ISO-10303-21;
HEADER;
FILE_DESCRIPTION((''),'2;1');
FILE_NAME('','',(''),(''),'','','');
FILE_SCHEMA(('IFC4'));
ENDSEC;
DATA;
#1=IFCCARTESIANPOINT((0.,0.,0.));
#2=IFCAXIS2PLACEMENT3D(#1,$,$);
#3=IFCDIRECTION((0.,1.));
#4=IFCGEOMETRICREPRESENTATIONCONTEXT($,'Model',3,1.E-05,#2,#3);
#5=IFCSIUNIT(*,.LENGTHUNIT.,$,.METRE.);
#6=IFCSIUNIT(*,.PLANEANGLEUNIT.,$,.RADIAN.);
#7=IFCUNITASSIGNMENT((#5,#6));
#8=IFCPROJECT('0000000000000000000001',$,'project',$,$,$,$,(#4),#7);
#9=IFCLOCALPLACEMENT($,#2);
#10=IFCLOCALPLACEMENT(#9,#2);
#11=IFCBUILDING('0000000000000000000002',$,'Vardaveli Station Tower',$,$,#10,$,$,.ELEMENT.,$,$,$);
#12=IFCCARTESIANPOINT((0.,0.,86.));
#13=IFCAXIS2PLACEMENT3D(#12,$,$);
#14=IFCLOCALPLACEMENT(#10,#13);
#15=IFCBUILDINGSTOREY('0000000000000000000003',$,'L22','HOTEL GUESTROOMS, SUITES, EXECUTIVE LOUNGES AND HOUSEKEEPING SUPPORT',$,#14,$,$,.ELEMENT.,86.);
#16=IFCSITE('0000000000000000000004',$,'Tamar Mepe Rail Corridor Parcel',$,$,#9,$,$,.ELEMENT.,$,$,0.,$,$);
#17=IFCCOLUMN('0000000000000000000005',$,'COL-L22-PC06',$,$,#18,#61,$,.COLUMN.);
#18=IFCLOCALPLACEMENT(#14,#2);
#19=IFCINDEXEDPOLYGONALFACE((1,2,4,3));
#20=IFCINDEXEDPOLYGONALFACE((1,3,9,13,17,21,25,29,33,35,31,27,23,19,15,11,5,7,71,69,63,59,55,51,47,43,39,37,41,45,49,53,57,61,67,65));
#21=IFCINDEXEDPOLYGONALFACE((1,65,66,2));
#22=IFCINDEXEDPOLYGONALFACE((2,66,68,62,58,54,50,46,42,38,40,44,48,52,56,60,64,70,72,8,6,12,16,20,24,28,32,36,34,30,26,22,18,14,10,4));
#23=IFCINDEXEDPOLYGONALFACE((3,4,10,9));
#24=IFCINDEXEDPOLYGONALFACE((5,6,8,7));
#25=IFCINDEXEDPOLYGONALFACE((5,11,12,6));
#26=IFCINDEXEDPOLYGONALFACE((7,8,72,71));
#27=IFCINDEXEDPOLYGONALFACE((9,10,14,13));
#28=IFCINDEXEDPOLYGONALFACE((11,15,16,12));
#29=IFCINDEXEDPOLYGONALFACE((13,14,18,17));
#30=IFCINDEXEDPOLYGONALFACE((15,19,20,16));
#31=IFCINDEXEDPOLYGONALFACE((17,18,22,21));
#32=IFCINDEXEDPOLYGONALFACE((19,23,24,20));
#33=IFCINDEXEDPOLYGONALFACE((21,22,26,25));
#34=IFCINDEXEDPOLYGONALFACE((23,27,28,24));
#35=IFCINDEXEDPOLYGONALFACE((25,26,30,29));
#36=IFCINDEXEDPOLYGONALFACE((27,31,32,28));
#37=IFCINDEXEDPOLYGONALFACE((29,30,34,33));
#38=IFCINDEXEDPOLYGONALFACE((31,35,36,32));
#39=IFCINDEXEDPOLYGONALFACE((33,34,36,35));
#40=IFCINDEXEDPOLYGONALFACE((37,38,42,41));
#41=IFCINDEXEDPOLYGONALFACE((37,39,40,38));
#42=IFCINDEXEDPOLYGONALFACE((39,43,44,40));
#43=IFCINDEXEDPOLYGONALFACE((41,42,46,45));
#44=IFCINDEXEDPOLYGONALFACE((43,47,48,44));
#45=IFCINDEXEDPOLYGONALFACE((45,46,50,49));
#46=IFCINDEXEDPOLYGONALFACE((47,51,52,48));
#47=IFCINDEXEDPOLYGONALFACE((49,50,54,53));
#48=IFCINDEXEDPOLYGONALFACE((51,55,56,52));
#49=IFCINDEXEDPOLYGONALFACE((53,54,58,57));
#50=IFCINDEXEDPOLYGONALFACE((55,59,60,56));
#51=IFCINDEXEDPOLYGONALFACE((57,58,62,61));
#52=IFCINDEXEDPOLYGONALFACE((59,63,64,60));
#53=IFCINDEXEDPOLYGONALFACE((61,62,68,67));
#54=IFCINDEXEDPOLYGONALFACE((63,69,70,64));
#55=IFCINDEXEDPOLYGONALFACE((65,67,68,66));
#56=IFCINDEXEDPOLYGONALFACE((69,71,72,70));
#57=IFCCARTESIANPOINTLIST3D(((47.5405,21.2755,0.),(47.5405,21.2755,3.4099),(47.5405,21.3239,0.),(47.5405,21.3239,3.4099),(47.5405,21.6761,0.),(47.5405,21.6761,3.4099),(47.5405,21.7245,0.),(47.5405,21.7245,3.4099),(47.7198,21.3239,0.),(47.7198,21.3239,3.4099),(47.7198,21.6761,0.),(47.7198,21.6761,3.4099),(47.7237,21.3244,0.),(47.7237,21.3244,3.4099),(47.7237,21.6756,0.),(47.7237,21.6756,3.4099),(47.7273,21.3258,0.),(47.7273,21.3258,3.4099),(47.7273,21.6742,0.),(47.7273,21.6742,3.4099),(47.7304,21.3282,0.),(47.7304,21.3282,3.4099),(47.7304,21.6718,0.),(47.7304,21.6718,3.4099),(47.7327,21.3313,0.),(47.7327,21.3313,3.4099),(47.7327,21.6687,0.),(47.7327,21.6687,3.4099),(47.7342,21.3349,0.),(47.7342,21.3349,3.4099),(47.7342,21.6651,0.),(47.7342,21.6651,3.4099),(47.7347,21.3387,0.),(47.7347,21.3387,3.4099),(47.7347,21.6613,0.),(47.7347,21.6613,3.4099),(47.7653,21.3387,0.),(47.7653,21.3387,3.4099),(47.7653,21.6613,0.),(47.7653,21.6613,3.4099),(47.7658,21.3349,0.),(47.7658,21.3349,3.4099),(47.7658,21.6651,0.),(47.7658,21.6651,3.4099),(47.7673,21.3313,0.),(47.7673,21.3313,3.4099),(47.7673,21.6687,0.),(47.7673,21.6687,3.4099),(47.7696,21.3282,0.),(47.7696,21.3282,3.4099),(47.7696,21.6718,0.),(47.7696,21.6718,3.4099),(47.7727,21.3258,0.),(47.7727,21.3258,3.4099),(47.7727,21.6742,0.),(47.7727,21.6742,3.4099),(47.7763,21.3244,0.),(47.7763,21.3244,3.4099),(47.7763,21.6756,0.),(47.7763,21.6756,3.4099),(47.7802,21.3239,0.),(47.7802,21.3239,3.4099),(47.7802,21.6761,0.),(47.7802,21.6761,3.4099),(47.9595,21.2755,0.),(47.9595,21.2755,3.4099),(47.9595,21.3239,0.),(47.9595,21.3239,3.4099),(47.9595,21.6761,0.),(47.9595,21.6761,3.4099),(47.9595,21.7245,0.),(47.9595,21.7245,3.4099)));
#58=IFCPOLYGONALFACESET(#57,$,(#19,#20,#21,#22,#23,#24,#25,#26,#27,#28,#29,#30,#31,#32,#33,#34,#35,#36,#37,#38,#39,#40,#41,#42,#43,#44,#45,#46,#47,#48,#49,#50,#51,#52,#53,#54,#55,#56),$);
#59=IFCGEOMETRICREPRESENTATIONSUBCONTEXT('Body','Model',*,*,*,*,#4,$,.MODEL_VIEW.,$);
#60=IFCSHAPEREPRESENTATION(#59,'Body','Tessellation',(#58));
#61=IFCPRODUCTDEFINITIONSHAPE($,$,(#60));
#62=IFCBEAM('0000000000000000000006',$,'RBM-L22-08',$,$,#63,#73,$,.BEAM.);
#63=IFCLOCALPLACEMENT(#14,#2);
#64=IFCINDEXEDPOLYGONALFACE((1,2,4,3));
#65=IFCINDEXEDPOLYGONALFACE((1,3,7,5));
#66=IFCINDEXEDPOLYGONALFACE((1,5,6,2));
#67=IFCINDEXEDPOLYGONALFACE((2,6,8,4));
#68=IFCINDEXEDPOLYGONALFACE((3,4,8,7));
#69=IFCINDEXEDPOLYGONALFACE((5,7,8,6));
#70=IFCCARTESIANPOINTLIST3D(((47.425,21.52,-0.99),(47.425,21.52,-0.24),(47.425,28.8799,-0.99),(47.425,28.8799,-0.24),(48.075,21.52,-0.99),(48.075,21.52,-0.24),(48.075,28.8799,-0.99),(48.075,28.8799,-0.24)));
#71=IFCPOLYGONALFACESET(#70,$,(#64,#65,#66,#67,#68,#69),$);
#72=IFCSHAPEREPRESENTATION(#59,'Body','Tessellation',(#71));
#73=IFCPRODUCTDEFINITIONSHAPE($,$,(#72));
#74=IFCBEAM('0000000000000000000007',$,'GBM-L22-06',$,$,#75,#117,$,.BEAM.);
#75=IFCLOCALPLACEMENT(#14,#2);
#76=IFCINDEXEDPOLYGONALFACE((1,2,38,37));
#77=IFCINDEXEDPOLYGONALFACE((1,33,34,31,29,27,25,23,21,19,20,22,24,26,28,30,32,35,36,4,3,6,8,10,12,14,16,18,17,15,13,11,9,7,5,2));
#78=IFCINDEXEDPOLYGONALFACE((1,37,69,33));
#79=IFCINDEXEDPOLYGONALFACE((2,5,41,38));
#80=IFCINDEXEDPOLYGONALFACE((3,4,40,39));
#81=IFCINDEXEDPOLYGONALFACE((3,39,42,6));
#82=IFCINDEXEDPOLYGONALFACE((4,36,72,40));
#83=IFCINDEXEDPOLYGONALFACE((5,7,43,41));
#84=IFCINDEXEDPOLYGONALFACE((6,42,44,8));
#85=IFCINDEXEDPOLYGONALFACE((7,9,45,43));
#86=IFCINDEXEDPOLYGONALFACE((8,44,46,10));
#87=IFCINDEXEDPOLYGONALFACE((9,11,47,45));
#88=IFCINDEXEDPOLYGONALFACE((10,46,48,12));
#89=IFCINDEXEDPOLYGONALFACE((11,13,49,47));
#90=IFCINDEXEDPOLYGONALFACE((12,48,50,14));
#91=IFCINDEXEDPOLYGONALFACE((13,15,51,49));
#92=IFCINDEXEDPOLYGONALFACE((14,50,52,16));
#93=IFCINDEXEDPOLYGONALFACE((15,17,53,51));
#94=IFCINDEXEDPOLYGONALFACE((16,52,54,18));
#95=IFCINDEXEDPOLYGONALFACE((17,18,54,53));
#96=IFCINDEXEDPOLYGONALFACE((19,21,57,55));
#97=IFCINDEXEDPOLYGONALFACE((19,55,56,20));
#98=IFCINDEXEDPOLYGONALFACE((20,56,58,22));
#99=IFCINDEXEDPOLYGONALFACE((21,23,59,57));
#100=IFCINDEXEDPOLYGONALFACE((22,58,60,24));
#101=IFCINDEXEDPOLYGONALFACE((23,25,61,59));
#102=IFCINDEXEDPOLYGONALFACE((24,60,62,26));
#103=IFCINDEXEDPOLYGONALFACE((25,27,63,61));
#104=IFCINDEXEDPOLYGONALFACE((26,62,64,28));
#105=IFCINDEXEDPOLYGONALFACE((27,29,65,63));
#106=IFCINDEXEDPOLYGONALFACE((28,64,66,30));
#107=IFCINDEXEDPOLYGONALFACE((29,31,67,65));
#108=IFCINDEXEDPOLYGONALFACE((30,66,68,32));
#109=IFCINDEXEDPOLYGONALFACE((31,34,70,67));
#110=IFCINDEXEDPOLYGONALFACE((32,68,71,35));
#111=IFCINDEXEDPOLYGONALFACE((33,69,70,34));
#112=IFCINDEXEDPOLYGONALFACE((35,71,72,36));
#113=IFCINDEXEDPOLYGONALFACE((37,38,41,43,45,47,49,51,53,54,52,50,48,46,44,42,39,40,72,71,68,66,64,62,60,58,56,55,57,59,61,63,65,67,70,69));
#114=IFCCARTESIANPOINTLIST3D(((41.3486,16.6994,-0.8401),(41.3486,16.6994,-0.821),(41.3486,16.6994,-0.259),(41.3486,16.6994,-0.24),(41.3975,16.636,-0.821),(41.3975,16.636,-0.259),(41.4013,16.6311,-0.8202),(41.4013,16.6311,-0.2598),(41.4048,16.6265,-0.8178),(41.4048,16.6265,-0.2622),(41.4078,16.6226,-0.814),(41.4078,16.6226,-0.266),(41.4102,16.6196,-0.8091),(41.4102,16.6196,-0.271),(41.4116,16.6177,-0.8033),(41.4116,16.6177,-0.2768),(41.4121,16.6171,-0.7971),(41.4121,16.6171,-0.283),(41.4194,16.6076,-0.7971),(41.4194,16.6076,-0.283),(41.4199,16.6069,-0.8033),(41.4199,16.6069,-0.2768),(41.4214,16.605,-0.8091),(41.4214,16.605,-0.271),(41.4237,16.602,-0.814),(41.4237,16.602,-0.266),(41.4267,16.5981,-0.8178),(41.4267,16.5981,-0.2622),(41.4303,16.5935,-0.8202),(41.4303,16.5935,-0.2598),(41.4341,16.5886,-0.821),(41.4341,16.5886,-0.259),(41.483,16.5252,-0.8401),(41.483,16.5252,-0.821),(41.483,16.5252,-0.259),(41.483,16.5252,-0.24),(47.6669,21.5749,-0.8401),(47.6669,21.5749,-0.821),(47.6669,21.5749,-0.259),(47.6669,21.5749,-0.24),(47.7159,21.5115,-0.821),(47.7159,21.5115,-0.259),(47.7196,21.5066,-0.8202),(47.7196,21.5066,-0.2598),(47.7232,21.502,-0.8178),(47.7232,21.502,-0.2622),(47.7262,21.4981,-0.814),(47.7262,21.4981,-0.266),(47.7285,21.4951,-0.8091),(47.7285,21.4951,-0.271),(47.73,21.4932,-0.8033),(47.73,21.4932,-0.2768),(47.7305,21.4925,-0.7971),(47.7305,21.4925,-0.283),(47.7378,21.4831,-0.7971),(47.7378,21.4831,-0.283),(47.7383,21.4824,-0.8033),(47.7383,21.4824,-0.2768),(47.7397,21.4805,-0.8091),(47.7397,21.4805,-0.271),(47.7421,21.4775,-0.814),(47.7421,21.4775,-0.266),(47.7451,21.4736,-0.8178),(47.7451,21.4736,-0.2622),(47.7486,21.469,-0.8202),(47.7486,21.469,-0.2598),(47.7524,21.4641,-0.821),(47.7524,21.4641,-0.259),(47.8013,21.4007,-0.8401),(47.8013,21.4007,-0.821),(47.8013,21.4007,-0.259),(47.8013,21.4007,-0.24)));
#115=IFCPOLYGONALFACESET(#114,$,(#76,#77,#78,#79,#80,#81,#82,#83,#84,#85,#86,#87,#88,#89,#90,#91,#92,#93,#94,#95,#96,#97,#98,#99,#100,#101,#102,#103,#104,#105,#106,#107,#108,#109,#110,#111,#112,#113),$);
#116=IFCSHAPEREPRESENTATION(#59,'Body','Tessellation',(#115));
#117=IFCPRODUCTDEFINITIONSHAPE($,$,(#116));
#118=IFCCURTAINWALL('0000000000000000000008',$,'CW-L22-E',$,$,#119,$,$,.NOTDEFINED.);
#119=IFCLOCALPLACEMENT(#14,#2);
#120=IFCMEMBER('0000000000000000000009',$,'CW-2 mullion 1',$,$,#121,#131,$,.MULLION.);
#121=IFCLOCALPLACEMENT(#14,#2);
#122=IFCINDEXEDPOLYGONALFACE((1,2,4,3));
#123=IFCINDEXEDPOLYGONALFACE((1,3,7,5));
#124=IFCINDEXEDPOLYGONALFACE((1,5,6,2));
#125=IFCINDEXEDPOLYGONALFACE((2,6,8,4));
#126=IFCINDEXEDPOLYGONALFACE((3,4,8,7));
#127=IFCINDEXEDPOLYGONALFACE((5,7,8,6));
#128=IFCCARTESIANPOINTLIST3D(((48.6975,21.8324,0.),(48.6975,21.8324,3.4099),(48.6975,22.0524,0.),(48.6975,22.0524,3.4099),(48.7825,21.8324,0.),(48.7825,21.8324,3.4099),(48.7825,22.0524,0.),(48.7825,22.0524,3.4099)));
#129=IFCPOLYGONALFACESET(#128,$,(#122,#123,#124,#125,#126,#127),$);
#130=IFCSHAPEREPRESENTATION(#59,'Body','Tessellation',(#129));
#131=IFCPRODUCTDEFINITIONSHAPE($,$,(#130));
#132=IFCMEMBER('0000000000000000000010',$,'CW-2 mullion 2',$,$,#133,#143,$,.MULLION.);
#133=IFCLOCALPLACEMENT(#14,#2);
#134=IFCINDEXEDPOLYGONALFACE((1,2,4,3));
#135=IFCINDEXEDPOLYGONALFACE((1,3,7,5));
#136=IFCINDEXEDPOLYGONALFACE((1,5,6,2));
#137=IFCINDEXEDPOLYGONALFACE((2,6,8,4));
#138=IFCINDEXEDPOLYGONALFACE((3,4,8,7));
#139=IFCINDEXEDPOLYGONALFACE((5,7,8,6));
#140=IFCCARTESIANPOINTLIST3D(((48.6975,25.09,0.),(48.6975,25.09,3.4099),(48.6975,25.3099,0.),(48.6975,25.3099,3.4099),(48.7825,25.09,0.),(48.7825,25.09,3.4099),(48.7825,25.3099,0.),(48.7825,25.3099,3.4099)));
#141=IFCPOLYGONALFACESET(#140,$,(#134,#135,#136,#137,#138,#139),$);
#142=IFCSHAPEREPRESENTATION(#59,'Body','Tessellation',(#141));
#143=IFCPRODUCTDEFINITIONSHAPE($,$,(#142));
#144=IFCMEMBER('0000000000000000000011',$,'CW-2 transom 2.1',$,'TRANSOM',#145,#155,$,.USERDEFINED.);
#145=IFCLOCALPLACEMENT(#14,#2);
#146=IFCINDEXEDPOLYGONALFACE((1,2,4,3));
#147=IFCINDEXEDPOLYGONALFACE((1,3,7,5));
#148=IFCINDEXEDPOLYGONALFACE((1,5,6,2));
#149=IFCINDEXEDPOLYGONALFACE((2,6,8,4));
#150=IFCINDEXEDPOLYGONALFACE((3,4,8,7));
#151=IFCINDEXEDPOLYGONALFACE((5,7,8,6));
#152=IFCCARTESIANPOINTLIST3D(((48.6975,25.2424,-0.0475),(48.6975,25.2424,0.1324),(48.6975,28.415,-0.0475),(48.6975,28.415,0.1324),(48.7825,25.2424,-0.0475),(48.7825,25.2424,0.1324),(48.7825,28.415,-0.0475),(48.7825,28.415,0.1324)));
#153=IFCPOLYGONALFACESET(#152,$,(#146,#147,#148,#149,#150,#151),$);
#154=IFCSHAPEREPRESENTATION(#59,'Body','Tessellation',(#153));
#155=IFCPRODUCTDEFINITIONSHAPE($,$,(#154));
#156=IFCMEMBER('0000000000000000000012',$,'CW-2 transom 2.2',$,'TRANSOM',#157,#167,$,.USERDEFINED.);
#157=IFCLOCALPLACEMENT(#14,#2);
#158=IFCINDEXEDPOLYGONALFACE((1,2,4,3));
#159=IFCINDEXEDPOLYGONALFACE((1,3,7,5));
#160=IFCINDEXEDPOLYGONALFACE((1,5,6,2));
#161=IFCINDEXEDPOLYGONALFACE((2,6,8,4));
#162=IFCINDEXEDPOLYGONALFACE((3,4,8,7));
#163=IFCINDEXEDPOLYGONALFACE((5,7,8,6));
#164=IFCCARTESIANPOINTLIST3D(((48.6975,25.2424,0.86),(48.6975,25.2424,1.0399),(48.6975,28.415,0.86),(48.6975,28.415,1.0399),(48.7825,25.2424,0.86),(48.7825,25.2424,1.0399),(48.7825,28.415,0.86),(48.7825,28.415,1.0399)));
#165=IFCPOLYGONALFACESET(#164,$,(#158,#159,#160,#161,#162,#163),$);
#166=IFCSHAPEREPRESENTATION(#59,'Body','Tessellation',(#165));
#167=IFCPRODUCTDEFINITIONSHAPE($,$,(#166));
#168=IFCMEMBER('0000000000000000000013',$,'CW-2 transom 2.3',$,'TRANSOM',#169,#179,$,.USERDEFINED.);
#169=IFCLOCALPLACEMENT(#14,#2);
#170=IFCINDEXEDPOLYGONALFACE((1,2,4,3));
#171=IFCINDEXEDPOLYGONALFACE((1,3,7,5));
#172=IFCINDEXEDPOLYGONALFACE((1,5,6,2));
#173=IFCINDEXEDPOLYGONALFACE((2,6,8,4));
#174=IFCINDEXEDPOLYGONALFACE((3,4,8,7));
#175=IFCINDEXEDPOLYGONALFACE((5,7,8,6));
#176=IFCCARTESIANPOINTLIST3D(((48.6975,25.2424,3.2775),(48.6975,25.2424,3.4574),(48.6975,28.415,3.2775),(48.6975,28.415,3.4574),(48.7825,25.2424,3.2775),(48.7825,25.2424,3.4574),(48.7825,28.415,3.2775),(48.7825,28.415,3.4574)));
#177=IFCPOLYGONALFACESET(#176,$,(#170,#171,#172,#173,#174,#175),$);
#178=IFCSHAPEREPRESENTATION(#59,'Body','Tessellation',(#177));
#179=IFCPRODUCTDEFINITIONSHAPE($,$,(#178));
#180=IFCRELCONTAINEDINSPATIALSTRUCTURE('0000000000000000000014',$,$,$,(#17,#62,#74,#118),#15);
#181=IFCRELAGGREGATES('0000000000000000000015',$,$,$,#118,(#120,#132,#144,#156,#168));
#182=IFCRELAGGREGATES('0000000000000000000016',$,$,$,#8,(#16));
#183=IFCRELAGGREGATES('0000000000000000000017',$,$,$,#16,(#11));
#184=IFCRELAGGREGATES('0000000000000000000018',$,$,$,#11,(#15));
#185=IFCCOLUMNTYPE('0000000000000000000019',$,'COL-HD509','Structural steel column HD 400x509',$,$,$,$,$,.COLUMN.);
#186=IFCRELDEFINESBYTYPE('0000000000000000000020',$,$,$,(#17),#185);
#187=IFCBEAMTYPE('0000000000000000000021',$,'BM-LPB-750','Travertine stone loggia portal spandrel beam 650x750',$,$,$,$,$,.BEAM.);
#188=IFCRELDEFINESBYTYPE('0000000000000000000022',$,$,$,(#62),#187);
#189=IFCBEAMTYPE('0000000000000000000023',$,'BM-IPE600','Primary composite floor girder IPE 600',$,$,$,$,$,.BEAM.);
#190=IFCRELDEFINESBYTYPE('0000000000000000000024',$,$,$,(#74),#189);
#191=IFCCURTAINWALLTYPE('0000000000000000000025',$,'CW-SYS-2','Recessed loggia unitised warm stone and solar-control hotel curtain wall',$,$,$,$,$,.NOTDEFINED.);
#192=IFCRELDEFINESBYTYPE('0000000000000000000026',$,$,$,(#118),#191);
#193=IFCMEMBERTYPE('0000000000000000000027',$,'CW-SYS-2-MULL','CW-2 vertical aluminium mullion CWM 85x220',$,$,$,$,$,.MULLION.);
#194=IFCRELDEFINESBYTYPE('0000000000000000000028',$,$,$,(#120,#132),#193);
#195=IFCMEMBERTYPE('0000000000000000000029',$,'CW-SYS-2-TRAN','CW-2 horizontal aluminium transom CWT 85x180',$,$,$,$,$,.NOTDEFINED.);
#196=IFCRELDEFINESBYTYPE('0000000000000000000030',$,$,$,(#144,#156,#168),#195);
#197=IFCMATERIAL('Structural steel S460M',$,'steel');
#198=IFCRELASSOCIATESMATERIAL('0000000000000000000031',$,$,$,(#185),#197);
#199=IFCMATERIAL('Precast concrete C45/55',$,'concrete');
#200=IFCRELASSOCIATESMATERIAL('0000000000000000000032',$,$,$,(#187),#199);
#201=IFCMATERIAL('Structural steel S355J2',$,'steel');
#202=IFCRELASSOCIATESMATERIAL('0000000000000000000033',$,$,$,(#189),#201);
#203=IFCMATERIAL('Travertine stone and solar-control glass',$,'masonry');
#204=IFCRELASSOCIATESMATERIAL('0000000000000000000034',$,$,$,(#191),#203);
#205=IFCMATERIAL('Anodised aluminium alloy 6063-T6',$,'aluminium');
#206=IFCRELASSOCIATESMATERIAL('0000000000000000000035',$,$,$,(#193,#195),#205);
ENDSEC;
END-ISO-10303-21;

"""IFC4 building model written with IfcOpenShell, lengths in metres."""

from ifc_helpers import new_model, si_unit, direction, frame, origin, origin_2d, place, context, subcontext, project, spatial, rectangle, i_section, extrude, source, transform, mapped, material, material_profile, profile_set, type_object, element, aggregate, save


model = new_model("IFC4")

# Units and contexts
model_context = context("Model", 3, precision=1e-05, world=origin(), true_north=direction((0.0, 1.0)))
body_context = subcontext(model_context, "Body", "Model", "MODEL_VIEW")
ifc_project = project(units=[si_unit("LENGTHUNIT", "METRE"), si_unit("PLANEANGLEUNIT", "RADIAN")], contexts=[model_context])

# Site, building, storey
site_placement = place(None, origin())
site = spatial("IfcSite", under=ifc_project, at=site_placement, Name="Tamar Mepe Rail Corridor Parcel", CompositionType="ELEMENT", RefElevation=0.0)
building_placement = place(site_placement, origin())
building = spatial("IfcBuilding", under=site, at=building_placement, Name="Vardaveli Station Tower", CompositionType="ELEMENT")
storey_placement = place(building_placement, frame((0.0, 0.0, 86.0)))
storey = spatial("IfcBuildingStorey", under=building, at=storey_placement, Name="L22", Description="HOTEL GUESTROOMS, SUITES, EXECUTIVE LOUNGES AND HOUSEKEEPING SUPPORT", CompositionType="ELEMENT", Elevation=86.0)

# Column
ifc_material_1 = material(Name="Structural steel S460M", Category="steel")
ifc_material_profile_1 = material_profile(ifc_material_1, i_section(OverallWidth=0.4189, OverallDepth=0.449, WebThickness=0.0305, FlangeThickness=0.0483, FilletRadius=0.0149, at=origin_2d()), Name="HD 400x509")
ifc_profile_set_1 = profile_set([ifc_material_profile_1], Name="Structural steel S460M")
column_type = type_object("IfcColumnType", Name="COL-HD509", Description="Structural steel column HD 400x509", PredefinedType="COLUMN", material=ifc_profile_set_1)
shared_shape_1 = source(origin(), body_context, "Body", "SweptSolid", [
    extrude(i_section(OverallWidth=0.4189, OverallDepth=0.449, WebThickness=0.0305, FlangeThickness=0.0483, FilletRadius=0.0149, at=origin_2d()), origin(), (0.0, 0.0, 1.0), 3.4099),
])
column_placement = place(storey_placement, frame((47.75, 21.5, 0.0), z_axis=(0.0, 0.0, 1.0), x_axis=(1.0, 0.0, 0.0)))
element("IfcColumn", 1, at=column_placement, inside=storey, type_object=column_type, Name="COL-L22-PC06", PredefinedType="COLUMN", context=body_context, shape_type="MappedRepresentation", body=[
    mapped(shared_shape_1, transform((0.0, 0.0, 0.0), scale=1.0)),
])

# Beams
ifc_material_2 = material(Name="Precast concrete C45/55", Category="concrete")
ifc_material_profile_2 = material_profile(ifc_material_2, rectangle(XDim=0.6499, YDim=0.75, at=origin_2d()), Name="LPB 650x750")
ifc_profile_set_2 = profile_set([ifc_material_profile_2], Name="Precast concrete C45/55")
beam_type_1 = type_object("IfcBeamType", Name="BM-LPB-750", Description="Travertine stone loggia portal spandrel beam 650x750", PredefinedType="BEAM", material=ifc_profile_set_2)
shared_shape_2 = source(origin(), body_context, "Body", "SweptSolid", [
    extrude(rectangle(XDim=0.6499, YDim=0.75, at=origin_2d()), origin(), (0.0, 0.0, 1.0), 7.3599),
])
beam_1_placement = place(storey_placement, frame((47.75, 21.52, -0.615), z_axis=(0.0, 1.0, 0.0), x_axis=(-1.0, 0.0, 0.0)))
element("IfcBeam", 2, at=beam_1_placement, inside=storey, type_object=beam_type_1, Name="RBM-L22-08", PredefinedType="BEAM", context=body_context, shape_type="MappedRepresentation", body=[
    mapped(shared_shape_2, transform((0.0, 0.0, 0.0), scale=1.0)),
])
ifc_material_3 = material(Name="Structural steel S355J2", Category="steel")
ifc_material_profile_3 = material_profile(ifc_material_3, i_section(OverallWidth=0.22, OverallDepth=0.6001, WebThickness=0.012, FlangeThickness=0.019, FilletRadius=0.0239, at=origin_2d()), Name="IPE 600")
ifc_profile_set_3 = profile_set([ifc_material_profile_3], Name="Structural steel S355J2")
beam_type_2 = type_object("IfcBeamType", Name="BM-IPE600", Description="Primary composite floor girder IPE 600", PredefinedType="BEAM", material=ifc_profile_set_3)
shared_shape_3 = source(origin(), body_context, "Body", "SweptSolid", [
    extrude(i_section(OverallWidth=0.22, OverallDepth=0.6001, WebThickness=0.012, FlangeThickness=0.019, FilletRadius=0.0239, at=origin_2d()), origin(), (0.0, 0.0, 1.0), 7.9807),
])
beam_2_placement = place(storey_placement, frame((47.7341, 21.4878, -0.54), z_axis=(-0.791702, -0.610908, 0.0), x_axis=(0.610908, -0.791702, 0.0)))
element("IfcBeam", 3, at=beam_2_placement, inside=storey, type_object=beam_type_2, Name="GBM-L22-06", PredefinedType="BEAM", context=body_context, shape_type="MappedRepresentation", body=[
    mapped(shared_shape_3, transform((0.0, 0.0, 0.0), scale=1.0)),
])

# Curtain wall, members
ifc_material_4 = material(Name="Travertine stone and solar-control glass", Category="masonry")
curtain_wall_type = type_object("IfcCurtainWallType", Name="CW-SYS-2", Description="Recessed loggia unitised warm stone and solar-control hotel curtain wall", PredefinedType="NOTDEFINED", material=ifc_material_4)
curtain_wall_placement = place(storey_placement, origin())
curtain_wall = element("IfcCurtainWall", 4, at=curtain_wall_placement, inside=storey, type_object=curtain_wall_type, Name="CW-L22-E", PredefinedType="NOTDEFINED")
ifc_material_5 = material(Name="Anodised aluminium alloy 6063-T6", Category="aluminium")
ifc_material_profile_4 = material_profile(ifc_material_5, rectangle(XDim=0.085, YDim=0.22, at=origin_2d()), Name="CWM 85x220")
ifc_profile_set_4 = profile_set([ifc_material_profile_4], Name="Anodised aluminium alloy 6063-T6")
member_type_1 = type_object("IfcMemberType", Name="CW-SYS-2-MULL", Description="CW-2 vertical aluminium mullion CWM 85x220", PredefinedType="MULLION", material=ifc_profile_set_4)
shared_shape_4 = source(origin(), body_context, "Body", "SweptSolid", [
    extrude(rectangle(XDim=0.085, YDim=0.22, at=origin_2d()), origin(), (0.0, 0.0, 1.0), 3.4099),
])
member_1_placement = place(storey_placement, frame((48.74, 21.9424, 0.0), z_axis=(0.0, 0.0, 1.0), x_axis=(-1.0, 0.0, 0.0)))
member_1 = element("IfcMember", 5, at=member_1_placement, type_object=member_type_1, Name="CW-2 mullion 1", PredefinedType="MULLION", context=body_context, shape_type="MappedRepresentation", body=[
    mapped(shared_shape_4, transform((0.0, 0.0, 0.0), scale=1.0)),
])
member_2_placement = place(storey_placement, frame((48.74, 25.2, 0.0), z_axis=(0.0, 0.0, 1.0), x_axis=(-1.0, 0.0, 0.0)))
member_2 = element("IfcMember", 6, at=member_2_placement, type_object=member_type_1, Name="CW-2 mullion 2", PredefinedType="MULLION", context=body_context, shape_type="MappedRepresentation", body=[
    mapped(shared_shape_4, transform((0.0, 0.0, 0.0), scale=1.0)),
])
ifc_material_profile_5 = material_profile(ifc_material_5, rectangle(XDim=0.085, YDim=0.1799, at=origin_2d()), Name="CWT 85x180")
ifc_profile_set_5 = profile_set([ifc_material_profile_5], Name="Anodised aluminium alloy 6063-T6")
member_type_2 = type_object("IfcMemberType", Name="CW-SYS-2-TRAN", Description="CW-2 horizontal aluminium transom CWT 85x180", PredefinedType="NOTDEFINED", material=ifc_profile_set_5)
shared_shape_5 = source(origin(), body_context, "Body", "SweptSolid", [
    extrude(rectangle(XDim=0.085, YDim=0.1799, at=origin_2d()), origin(), (0.0, 0.0, 1.0), 3.1726),
])
member_3_placement = place(storey_placement, frame((48.74, 25.2424, 0.0425), z_axis=(0.0, 1.0, 0.0), x_axis=(-1.0, 0.0, 0.0)))
member_3 = element("IfcMember", 7, at=member_3_placement, type_object=member_type_2, Name="CW-2 transom 2.1", ObjectType="TRANSOM", PredefinedType="USERDEFINED", context=body_context, shape_type="MappedRepresentation", body=[
    mapped(shared_shape_5, transform((0.0, 0.0, 0.0), scale=1.0)),
])
member_4_placement = place(storey_placement, frame((48.74, 25.2424, 0.95), z_axis=(0.0, 1.0, 0.0), x_axis=(-1.0, 0.0, 0.0)))
member_4 = element("IfcMember", 8, at=member_4_placement, type_object=member_type_2, Name="CW-2 transom 2.2", ObjectType="TRANSOM", PredefinedType="USERDEFINED", context=body_context, shape_type="MappedRepresentation", body=[
    mapped(shared_shape_5, transform((0.0, 0.0, 0.0), scale=1.0)),
])
member_5_placement = place(storey_placement, frame((48.74, 25.2424, 3.3674), z_axis=(0.0, 1.0, 0.0), x_axis=(-1.0, 0.0, 0.0)))
member_5 = element("IfcMember", 9, at=member_5_placement, type_object=member_type_2, Name="CW-2 transom 2.3", ObjectType="TRANSOM", PredefinedType="USERDEFINED", context=body_context, shape_type="MappedRepresentation", body=[
    mapped(shared_shape_5, transform((0.0, 0.0, 0.0), scale=1.0)),
])
aggregate(curtain_wall, [member_1, member_2, member_3, member_4, member_5])

save(model, "model.ifc")
